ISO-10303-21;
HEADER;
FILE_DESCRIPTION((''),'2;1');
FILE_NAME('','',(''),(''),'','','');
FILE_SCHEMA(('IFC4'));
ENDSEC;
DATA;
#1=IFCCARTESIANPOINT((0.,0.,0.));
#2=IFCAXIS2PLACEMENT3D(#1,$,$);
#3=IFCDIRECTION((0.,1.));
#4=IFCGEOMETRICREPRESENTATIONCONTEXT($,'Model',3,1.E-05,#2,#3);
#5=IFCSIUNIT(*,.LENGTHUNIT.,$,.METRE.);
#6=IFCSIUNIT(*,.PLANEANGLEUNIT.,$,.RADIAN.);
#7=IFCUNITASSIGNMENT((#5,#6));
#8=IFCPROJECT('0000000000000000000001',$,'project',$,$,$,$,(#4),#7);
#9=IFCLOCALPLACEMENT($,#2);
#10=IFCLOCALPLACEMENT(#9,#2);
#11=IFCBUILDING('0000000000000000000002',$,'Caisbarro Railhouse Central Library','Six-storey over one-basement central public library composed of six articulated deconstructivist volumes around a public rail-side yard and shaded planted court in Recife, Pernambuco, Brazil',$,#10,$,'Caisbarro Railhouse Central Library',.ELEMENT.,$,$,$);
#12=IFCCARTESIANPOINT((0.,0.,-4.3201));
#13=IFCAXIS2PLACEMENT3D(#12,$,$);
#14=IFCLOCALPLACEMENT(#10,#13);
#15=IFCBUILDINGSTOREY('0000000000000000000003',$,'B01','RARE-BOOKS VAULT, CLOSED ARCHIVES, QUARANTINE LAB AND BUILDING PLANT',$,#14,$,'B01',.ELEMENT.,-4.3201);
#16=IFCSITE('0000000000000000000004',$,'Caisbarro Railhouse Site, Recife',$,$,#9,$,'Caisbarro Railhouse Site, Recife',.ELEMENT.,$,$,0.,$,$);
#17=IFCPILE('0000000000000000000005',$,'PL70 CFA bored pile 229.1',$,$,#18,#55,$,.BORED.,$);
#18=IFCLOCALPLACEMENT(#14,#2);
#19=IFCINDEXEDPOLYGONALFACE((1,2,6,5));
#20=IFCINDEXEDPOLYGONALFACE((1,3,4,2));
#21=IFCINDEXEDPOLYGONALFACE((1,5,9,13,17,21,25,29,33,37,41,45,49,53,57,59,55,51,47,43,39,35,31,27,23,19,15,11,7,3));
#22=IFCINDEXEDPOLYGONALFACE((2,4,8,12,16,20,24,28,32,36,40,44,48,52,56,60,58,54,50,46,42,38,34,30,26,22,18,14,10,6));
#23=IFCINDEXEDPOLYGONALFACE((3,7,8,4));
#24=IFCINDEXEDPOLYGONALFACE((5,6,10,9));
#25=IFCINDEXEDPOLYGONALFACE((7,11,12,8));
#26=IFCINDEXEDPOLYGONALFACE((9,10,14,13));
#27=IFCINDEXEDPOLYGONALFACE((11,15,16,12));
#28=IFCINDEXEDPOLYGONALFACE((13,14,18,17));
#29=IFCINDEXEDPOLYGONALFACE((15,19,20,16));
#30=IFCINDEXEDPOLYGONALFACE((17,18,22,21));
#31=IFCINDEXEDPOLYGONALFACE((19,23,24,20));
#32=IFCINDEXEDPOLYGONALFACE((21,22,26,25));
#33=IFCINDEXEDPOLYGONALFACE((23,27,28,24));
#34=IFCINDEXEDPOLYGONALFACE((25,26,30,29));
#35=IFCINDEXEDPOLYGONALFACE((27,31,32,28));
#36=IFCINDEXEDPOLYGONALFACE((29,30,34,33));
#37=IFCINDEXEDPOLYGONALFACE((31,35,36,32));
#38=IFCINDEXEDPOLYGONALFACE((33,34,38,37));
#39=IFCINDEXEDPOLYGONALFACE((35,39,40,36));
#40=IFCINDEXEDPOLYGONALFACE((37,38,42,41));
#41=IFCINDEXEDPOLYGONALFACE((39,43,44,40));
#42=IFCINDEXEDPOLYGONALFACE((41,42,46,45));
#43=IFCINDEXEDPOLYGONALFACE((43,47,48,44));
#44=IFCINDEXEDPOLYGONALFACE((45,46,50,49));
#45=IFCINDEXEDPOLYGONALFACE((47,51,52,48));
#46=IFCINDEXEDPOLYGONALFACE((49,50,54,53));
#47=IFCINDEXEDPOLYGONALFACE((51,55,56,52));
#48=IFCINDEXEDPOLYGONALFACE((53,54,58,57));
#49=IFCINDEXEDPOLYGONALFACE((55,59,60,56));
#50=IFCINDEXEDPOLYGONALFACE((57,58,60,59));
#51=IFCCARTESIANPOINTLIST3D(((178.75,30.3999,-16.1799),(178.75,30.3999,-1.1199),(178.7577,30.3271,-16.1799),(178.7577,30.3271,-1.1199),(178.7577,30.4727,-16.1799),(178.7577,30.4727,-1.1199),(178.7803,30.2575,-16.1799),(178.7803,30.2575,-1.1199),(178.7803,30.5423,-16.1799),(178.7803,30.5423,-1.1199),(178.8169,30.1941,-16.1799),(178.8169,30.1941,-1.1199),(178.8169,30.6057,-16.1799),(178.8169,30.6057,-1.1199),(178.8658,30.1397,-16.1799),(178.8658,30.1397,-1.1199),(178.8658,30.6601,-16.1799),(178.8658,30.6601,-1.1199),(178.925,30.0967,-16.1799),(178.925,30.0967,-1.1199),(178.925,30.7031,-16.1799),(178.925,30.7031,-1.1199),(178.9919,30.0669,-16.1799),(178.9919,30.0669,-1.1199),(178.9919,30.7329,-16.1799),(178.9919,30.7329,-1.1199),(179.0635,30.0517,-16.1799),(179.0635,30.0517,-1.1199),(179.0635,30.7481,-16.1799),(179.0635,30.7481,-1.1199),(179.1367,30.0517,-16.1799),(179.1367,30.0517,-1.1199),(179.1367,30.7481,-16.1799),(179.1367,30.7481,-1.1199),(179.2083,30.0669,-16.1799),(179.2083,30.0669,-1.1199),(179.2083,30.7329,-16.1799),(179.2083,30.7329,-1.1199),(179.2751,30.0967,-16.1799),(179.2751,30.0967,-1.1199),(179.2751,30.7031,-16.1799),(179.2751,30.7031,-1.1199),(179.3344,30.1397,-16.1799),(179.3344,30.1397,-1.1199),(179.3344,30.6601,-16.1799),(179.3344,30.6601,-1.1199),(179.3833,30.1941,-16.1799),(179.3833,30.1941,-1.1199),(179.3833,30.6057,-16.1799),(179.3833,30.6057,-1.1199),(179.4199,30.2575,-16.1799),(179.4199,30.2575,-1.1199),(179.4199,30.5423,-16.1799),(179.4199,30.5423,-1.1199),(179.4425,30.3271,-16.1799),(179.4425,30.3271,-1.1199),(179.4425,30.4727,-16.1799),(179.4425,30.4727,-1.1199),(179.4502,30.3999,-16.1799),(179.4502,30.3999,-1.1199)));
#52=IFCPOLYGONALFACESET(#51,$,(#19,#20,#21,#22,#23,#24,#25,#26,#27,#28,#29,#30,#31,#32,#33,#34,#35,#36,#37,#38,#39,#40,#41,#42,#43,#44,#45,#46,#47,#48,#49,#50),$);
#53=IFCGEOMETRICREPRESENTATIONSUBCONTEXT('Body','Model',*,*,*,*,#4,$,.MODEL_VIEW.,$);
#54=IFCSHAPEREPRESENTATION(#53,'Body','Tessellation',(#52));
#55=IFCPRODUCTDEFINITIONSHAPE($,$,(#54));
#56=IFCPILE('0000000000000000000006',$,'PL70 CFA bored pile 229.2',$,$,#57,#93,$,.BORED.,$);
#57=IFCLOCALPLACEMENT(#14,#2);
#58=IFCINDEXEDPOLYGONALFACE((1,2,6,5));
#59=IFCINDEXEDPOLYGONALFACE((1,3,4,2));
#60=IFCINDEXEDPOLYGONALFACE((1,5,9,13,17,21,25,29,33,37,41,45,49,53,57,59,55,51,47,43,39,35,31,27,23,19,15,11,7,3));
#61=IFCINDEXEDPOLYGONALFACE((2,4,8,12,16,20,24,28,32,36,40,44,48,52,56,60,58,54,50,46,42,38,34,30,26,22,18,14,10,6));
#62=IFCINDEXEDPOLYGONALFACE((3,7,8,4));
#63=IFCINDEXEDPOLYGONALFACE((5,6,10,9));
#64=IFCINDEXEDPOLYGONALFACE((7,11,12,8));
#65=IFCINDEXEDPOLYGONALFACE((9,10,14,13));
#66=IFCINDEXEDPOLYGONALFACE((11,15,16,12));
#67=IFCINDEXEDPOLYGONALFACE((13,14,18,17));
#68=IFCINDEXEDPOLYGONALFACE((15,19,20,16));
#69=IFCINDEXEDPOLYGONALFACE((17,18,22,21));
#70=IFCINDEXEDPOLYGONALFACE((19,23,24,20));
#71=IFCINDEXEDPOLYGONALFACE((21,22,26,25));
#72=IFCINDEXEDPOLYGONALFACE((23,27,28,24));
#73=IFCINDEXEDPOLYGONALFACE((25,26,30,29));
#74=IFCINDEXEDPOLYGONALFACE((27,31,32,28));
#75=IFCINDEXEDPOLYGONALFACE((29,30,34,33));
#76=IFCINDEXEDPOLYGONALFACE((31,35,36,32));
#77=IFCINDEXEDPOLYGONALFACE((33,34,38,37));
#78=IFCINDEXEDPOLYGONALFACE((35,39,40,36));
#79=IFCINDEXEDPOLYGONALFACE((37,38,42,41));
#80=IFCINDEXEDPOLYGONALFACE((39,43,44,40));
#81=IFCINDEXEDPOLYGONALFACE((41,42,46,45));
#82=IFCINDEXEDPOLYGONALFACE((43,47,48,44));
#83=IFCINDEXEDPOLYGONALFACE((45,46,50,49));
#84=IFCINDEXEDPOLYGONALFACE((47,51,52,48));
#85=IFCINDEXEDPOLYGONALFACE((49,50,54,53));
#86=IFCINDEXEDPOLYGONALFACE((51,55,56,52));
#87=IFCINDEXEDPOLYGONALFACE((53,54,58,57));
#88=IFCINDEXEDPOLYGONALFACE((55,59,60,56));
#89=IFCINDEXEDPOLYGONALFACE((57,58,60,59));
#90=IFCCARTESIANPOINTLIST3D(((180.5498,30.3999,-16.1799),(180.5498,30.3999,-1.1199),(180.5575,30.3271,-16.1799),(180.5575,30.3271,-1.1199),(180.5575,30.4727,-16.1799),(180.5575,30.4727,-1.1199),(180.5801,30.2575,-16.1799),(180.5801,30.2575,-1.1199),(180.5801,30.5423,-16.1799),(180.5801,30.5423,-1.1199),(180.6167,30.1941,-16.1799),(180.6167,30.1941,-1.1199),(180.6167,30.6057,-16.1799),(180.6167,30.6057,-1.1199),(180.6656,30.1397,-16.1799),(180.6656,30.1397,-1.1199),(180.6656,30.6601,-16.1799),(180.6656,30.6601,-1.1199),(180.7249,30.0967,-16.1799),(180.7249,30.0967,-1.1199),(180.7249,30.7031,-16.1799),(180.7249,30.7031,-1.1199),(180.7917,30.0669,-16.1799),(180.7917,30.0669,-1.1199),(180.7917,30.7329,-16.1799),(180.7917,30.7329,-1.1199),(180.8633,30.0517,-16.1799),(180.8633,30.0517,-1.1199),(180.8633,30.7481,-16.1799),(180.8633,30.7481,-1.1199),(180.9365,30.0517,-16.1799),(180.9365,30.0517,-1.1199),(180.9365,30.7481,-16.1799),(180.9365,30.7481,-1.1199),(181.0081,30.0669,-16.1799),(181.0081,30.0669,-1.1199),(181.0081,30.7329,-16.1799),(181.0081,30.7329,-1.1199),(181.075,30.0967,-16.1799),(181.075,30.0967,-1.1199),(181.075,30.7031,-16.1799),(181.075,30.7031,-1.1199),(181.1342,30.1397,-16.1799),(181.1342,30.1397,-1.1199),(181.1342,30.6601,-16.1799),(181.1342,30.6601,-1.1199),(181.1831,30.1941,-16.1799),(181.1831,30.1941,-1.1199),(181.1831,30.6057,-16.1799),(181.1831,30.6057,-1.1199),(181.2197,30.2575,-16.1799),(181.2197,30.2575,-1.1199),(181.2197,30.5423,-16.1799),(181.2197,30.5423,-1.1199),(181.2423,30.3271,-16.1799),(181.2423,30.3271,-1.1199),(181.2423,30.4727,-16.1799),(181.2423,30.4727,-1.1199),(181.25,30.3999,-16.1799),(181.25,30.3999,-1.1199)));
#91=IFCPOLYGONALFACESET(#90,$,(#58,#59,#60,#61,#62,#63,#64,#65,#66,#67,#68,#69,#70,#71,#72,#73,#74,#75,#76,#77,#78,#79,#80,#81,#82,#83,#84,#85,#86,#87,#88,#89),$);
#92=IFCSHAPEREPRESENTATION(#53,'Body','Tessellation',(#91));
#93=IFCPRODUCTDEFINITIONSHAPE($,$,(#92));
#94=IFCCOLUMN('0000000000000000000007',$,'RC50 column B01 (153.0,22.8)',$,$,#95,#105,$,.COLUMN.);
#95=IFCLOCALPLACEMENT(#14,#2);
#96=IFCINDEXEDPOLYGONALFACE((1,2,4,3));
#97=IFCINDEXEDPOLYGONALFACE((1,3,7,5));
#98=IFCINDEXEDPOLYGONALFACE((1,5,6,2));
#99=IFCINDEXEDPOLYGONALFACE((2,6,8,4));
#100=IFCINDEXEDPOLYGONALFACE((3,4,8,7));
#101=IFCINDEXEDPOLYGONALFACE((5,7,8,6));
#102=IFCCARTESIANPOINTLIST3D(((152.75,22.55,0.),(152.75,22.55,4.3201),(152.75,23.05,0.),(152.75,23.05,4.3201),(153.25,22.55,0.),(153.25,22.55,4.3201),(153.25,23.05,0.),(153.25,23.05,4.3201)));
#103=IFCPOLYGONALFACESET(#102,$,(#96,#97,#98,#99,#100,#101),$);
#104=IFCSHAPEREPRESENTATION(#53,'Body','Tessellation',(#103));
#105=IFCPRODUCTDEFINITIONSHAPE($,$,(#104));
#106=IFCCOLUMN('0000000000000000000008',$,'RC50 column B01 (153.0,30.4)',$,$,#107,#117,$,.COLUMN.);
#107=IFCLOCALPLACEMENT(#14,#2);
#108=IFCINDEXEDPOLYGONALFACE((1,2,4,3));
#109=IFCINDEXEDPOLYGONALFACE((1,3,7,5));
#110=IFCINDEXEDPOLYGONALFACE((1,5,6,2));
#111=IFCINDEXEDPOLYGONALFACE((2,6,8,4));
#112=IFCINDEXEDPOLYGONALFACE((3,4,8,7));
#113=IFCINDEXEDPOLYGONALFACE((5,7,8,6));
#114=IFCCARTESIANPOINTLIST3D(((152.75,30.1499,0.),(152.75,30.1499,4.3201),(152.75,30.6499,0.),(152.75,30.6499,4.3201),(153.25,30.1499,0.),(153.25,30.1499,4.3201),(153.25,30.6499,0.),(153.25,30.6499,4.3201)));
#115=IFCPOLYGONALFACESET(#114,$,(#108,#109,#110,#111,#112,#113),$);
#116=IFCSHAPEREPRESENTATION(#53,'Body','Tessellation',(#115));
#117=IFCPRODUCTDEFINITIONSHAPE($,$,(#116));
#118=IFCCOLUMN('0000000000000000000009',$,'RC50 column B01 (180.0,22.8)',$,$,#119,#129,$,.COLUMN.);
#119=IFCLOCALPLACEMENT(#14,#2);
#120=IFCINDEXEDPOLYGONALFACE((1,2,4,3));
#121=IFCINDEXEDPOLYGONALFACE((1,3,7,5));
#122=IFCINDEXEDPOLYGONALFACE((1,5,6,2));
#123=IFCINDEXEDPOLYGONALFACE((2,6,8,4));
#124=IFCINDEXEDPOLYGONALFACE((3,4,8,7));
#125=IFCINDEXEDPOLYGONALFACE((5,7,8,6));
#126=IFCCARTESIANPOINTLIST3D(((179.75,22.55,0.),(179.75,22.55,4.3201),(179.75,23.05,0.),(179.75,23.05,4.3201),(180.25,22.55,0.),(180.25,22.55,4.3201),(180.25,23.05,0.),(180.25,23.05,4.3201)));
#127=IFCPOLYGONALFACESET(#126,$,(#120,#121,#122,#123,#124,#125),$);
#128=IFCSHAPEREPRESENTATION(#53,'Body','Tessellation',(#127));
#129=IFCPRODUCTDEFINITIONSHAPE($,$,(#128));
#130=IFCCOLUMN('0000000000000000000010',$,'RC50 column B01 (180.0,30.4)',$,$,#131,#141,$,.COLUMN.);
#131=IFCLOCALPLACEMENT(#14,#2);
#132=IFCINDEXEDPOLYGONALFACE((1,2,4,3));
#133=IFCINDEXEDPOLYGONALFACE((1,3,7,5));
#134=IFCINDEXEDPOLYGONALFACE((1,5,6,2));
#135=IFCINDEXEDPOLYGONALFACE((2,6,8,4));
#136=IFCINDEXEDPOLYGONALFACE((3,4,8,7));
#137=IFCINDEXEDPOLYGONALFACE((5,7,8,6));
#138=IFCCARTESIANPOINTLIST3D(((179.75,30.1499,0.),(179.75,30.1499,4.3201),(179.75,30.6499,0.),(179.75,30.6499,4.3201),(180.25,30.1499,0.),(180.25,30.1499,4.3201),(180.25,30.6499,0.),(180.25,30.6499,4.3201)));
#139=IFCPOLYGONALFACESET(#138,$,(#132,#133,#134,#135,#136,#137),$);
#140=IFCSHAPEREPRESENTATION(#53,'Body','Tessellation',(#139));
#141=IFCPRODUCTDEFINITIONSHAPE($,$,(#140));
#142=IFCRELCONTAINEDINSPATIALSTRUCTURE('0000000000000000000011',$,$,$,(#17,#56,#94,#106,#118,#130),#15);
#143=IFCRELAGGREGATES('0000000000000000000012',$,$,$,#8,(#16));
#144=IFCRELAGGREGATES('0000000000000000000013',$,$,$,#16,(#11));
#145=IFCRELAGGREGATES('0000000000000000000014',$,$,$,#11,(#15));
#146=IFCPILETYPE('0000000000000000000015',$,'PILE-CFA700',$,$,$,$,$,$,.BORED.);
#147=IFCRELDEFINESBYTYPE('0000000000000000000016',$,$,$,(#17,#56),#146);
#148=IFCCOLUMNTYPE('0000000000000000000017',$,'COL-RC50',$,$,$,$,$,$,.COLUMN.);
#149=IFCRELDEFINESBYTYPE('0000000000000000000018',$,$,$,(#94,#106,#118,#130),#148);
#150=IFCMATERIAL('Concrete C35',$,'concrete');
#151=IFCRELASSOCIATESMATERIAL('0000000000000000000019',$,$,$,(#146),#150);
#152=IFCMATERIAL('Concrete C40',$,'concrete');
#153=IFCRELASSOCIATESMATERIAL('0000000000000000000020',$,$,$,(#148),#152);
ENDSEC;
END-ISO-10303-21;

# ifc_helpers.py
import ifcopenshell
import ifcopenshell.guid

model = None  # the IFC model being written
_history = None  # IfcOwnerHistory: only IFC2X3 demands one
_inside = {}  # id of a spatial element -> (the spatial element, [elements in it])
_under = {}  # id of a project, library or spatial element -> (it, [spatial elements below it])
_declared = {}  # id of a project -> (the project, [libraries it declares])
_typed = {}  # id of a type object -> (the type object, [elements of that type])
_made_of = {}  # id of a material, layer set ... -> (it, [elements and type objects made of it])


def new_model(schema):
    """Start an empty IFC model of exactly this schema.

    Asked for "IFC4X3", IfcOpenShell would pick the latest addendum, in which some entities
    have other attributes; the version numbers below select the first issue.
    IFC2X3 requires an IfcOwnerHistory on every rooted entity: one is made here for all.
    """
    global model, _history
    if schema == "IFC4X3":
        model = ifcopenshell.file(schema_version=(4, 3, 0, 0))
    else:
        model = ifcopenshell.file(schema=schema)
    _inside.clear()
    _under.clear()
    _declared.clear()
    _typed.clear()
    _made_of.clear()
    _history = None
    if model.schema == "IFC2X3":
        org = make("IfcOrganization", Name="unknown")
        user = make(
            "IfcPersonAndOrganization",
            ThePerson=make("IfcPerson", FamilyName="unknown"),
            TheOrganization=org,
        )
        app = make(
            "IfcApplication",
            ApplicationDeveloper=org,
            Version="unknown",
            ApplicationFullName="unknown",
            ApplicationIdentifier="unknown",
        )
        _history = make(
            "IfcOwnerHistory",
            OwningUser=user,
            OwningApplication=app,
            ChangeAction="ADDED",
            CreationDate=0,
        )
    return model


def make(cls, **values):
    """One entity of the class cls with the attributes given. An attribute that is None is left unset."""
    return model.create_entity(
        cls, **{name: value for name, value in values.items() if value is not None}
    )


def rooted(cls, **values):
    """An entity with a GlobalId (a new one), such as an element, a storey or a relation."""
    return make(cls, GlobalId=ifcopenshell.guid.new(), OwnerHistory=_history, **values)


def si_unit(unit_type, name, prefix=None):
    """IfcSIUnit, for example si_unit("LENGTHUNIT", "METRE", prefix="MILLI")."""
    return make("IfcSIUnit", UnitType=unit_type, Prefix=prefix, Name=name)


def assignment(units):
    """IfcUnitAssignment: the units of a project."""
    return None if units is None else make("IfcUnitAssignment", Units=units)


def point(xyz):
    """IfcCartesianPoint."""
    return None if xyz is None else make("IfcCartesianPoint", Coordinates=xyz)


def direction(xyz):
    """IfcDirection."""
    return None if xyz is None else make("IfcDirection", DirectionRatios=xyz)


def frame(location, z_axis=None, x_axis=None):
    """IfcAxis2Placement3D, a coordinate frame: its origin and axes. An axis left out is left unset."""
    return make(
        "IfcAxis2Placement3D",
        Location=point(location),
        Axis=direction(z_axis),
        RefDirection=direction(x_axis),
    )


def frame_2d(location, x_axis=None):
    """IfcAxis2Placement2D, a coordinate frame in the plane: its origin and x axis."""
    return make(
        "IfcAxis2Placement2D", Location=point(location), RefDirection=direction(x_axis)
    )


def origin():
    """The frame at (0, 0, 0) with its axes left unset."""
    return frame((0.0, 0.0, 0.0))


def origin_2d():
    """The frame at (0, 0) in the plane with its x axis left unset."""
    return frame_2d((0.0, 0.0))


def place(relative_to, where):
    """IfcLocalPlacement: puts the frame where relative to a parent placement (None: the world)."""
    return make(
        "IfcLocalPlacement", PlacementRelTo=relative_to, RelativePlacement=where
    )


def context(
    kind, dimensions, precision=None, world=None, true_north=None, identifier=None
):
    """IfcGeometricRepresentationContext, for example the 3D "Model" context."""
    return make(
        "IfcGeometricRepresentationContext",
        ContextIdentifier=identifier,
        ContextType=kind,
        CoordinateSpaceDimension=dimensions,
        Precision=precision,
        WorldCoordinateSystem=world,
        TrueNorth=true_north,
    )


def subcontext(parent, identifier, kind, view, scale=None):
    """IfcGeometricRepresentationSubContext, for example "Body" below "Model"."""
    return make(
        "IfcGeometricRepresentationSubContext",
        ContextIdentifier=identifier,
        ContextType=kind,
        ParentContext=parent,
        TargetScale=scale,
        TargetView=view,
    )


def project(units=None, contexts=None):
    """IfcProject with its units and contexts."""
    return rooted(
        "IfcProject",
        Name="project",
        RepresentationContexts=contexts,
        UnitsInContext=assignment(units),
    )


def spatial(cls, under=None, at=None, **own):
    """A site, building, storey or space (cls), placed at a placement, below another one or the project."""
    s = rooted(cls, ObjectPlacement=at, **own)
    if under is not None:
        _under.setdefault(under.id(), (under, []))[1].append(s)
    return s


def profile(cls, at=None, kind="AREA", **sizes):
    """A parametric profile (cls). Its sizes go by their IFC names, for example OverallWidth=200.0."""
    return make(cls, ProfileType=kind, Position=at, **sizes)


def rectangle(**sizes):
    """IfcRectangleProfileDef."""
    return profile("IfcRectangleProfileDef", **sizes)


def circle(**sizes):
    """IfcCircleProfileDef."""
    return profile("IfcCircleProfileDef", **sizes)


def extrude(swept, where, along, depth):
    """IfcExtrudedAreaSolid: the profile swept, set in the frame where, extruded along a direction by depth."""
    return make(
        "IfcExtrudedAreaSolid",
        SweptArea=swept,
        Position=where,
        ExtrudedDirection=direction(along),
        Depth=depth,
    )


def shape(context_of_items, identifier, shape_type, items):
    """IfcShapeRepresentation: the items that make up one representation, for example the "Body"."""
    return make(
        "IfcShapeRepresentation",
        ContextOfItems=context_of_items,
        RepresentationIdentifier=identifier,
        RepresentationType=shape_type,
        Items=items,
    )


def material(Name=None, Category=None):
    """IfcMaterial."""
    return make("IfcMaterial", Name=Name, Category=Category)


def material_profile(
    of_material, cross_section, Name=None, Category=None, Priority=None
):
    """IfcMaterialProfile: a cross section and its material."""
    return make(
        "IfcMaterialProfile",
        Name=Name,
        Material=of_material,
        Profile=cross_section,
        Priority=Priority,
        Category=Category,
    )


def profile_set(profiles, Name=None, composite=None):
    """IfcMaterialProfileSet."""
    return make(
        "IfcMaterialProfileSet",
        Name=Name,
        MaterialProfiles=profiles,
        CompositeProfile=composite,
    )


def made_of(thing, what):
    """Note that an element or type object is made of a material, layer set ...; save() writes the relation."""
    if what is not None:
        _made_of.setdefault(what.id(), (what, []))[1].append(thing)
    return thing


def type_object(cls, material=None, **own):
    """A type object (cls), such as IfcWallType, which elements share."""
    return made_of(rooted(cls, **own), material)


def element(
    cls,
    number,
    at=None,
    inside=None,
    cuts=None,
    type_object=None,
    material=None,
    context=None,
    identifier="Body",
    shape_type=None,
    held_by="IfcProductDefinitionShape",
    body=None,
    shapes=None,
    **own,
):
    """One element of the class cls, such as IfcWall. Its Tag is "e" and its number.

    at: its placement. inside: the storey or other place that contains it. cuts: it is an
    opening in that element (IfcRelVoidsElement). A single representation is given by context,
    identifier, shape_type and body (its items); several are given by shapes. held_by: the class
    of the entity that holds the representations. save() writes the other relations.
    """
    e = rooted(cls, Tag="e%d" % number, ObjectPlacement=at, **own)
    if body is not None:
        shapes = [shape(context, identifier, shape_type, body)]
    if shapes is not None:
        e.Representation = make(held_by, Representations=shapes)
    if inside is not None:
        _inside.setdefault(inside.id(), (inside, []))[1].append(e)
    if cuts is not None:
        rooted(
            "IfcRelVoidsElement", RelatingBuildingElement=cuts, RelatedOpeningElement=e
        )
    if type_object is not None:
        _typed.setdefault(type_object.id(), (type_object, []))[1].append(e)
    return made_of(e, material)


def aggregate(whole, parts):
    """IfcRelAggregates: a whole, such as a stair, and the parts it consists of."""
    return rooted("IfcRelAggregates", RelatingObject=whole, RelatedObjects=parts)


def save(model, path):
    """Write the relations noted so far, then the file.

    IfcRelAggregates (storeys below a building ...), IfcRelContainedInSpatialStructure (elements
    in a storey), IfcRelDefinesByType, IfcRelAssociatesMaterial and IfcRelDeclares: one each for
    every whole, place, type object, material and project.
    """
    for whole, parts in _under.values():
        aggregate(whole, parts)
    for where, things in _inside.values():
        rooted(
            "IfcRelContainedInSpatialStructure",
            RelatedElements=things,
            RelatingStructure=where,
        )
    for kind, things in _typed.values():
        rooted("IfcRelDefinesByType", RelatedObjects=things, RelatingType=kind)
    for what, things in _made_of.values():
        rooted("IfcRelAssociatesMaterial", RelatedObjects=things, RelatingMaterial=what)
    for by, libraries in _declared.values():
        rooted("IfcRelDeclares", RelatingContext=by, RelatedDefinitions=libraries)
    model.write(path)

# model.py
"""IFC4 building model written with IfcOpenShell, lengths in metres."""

from ifc_helpers import new_model, si_unit, direction, frame, origin, origin_2d, place, context, subcontext, project, spatial, rectangle, circle, extrude, material, material_profile, profile_set, type_object, element, save


model = new_model("IFC4")

# Units and contexts
model_context = context("Model", 3, precision=1e-05, world=origin(), true_north=direction((0.0, 1.0)))
body_context = subcontext(model_context, "Body", "Model", "MODEL_VIEW")
ifc_project = project(units=[si_unit("LENGTHUNIT", "METRE"), si_unit("PLANEANGLEUNIT", "RADIAN")], contexts=[model_context])

# Site, building, storey
site_placement = place(None, origin())
site = spatial("IfcSite", under=ifc_project, at=site_placement, Name="Caisbarro Railhouse Site, Recife", LongName="Caisbarro Railhouse Site, Recife", CompositionType="ELEMENT", RefElevation=0.0)
building_placement = place(site_placement, origin())
building = spatial("IfcBuilding", under=site, at=building_placement, Name="Caisbarro Railhouse Central Library", Description="Six-storey over one-basement central public library composed of six articulated deconstructivist volumes around a public rail-side yard and shaded planted court in Recife, Pernambuco, Brazil", LongName="Caisbarro Railhouse Central Library", CompositionType="ELEMENT")
storey_placement = place(building_placement, frame((0.0, 0.0, -4.3201)))
storey = spatial("IfcBuildingStorey", under=building, at=storey_placement, Name="B01", Description="RARE-BOOKS VAULT, CLOSED ARCHIVES, QUARANTINE LAB AND BUILDING PLANT", LongName="B01", CompositionType="ELEMENT", Elevation=-4.3201)

# Shared definitions
ifc_material_1 = material(Name="Concrete C35", Category="concrete")
ifc_material_2 = material(Name="Concrete C40", Category="concrete")

# Piles
ifc_material_profile_1 = material_profile(ifc_material_1, circle(Radius=0.3501, at=origin_2d()), Name="PILE-CFA-700")
ifc_profile_set_1 = profile_set([ifc_material_profile_1], Name="Concrete C35")
pile_type_1 = type_object("IfcPileType", Name="PILE-CFA700", PredefinedType="BORED", material=ifc_profile_set_1)
for number, where, z_axis, x_axis, name in (
    (1, (179.1001, 30.3999, -1.1199), (0.0, 0.0, -1.0), (1.0, 0.0, 0.0), "PL70 CFA bored pile 229.1"),
    (2, (180.8999, 30.3999, -1.1199), (0.0, 0.0, -1.0), (1.0, 0.0, 0.0), "PL70 CFA bored pile 229.2"),
):
    element("IfcPile", number, at=place(storey_placement, frame(where, z_axis=z_axis, x_axis=x_axis)), inside=storey, type_object=pile_type_1, Name=name, PredefinedType="BORED", context=body_context, shape_type="SweptSolid", body=[
        extrude(circle(Radius=0.3501, at=origin_2d()), origin(), (0.0, 0.0, 1.0), 15.0601),
    ])

# Columns
ifc_material_profile_2 = material_profile(ifc_material_2, rectangle(XDim=0.5, YDim=0.5, at=origin_2d()), Name="RC-COL-500X500")
ifc_profile_set_2 = profile_set([ifc_material_profile_2], Name="Concrete C40")
column_type = type_object("IfcColumnType", Name="COL-RC50", PredefinedType="COLUMN", material=ifc_profile_set_2)
for number, where, z_axis, x_axis, name in (
    (3, (153.0, 22.8, 0.0), (0.0, 0.0, 1.0), (1.0, 0.0, 0.0), "RC50 column B01 (153.0,22.8)"),
    (4, (153.0, 30.3999, 0.0), (0.0, 0.0, 1.0), (1.0, 0.0, 0.0), "RC50 column B01 (153.0,30.4)"),
    (5, (180.0, 22.8, 0.0), (0.0, 0.0, 1.0), (1.0, 0.0, 0.0), "RC50 column B01 (180.0,22.8)"),
    (6, (180.0, 30.3999, 0.0), (0.0, 0.0, 1.0), (1.0, 0.0, 0.0), "RC50 column B01 (180.0,30.4)"),
):
    element("IfcColumn", number, at=place(storey_placement, frame(where, z_axis=z_axis, x_axis=x_axis)), inside=storey, type_object=column_type, Name=name, PredefinedType="COLUMN", context=body_context, shape_type="SweptSolid", body=[
        extrude(rectangle(XDim=0.5, YDim=0.5, at=origin_2d()), origin(), (0.0, 0.0, 1.0), 4.3201),
    ])

save(model, "model.ifc")
